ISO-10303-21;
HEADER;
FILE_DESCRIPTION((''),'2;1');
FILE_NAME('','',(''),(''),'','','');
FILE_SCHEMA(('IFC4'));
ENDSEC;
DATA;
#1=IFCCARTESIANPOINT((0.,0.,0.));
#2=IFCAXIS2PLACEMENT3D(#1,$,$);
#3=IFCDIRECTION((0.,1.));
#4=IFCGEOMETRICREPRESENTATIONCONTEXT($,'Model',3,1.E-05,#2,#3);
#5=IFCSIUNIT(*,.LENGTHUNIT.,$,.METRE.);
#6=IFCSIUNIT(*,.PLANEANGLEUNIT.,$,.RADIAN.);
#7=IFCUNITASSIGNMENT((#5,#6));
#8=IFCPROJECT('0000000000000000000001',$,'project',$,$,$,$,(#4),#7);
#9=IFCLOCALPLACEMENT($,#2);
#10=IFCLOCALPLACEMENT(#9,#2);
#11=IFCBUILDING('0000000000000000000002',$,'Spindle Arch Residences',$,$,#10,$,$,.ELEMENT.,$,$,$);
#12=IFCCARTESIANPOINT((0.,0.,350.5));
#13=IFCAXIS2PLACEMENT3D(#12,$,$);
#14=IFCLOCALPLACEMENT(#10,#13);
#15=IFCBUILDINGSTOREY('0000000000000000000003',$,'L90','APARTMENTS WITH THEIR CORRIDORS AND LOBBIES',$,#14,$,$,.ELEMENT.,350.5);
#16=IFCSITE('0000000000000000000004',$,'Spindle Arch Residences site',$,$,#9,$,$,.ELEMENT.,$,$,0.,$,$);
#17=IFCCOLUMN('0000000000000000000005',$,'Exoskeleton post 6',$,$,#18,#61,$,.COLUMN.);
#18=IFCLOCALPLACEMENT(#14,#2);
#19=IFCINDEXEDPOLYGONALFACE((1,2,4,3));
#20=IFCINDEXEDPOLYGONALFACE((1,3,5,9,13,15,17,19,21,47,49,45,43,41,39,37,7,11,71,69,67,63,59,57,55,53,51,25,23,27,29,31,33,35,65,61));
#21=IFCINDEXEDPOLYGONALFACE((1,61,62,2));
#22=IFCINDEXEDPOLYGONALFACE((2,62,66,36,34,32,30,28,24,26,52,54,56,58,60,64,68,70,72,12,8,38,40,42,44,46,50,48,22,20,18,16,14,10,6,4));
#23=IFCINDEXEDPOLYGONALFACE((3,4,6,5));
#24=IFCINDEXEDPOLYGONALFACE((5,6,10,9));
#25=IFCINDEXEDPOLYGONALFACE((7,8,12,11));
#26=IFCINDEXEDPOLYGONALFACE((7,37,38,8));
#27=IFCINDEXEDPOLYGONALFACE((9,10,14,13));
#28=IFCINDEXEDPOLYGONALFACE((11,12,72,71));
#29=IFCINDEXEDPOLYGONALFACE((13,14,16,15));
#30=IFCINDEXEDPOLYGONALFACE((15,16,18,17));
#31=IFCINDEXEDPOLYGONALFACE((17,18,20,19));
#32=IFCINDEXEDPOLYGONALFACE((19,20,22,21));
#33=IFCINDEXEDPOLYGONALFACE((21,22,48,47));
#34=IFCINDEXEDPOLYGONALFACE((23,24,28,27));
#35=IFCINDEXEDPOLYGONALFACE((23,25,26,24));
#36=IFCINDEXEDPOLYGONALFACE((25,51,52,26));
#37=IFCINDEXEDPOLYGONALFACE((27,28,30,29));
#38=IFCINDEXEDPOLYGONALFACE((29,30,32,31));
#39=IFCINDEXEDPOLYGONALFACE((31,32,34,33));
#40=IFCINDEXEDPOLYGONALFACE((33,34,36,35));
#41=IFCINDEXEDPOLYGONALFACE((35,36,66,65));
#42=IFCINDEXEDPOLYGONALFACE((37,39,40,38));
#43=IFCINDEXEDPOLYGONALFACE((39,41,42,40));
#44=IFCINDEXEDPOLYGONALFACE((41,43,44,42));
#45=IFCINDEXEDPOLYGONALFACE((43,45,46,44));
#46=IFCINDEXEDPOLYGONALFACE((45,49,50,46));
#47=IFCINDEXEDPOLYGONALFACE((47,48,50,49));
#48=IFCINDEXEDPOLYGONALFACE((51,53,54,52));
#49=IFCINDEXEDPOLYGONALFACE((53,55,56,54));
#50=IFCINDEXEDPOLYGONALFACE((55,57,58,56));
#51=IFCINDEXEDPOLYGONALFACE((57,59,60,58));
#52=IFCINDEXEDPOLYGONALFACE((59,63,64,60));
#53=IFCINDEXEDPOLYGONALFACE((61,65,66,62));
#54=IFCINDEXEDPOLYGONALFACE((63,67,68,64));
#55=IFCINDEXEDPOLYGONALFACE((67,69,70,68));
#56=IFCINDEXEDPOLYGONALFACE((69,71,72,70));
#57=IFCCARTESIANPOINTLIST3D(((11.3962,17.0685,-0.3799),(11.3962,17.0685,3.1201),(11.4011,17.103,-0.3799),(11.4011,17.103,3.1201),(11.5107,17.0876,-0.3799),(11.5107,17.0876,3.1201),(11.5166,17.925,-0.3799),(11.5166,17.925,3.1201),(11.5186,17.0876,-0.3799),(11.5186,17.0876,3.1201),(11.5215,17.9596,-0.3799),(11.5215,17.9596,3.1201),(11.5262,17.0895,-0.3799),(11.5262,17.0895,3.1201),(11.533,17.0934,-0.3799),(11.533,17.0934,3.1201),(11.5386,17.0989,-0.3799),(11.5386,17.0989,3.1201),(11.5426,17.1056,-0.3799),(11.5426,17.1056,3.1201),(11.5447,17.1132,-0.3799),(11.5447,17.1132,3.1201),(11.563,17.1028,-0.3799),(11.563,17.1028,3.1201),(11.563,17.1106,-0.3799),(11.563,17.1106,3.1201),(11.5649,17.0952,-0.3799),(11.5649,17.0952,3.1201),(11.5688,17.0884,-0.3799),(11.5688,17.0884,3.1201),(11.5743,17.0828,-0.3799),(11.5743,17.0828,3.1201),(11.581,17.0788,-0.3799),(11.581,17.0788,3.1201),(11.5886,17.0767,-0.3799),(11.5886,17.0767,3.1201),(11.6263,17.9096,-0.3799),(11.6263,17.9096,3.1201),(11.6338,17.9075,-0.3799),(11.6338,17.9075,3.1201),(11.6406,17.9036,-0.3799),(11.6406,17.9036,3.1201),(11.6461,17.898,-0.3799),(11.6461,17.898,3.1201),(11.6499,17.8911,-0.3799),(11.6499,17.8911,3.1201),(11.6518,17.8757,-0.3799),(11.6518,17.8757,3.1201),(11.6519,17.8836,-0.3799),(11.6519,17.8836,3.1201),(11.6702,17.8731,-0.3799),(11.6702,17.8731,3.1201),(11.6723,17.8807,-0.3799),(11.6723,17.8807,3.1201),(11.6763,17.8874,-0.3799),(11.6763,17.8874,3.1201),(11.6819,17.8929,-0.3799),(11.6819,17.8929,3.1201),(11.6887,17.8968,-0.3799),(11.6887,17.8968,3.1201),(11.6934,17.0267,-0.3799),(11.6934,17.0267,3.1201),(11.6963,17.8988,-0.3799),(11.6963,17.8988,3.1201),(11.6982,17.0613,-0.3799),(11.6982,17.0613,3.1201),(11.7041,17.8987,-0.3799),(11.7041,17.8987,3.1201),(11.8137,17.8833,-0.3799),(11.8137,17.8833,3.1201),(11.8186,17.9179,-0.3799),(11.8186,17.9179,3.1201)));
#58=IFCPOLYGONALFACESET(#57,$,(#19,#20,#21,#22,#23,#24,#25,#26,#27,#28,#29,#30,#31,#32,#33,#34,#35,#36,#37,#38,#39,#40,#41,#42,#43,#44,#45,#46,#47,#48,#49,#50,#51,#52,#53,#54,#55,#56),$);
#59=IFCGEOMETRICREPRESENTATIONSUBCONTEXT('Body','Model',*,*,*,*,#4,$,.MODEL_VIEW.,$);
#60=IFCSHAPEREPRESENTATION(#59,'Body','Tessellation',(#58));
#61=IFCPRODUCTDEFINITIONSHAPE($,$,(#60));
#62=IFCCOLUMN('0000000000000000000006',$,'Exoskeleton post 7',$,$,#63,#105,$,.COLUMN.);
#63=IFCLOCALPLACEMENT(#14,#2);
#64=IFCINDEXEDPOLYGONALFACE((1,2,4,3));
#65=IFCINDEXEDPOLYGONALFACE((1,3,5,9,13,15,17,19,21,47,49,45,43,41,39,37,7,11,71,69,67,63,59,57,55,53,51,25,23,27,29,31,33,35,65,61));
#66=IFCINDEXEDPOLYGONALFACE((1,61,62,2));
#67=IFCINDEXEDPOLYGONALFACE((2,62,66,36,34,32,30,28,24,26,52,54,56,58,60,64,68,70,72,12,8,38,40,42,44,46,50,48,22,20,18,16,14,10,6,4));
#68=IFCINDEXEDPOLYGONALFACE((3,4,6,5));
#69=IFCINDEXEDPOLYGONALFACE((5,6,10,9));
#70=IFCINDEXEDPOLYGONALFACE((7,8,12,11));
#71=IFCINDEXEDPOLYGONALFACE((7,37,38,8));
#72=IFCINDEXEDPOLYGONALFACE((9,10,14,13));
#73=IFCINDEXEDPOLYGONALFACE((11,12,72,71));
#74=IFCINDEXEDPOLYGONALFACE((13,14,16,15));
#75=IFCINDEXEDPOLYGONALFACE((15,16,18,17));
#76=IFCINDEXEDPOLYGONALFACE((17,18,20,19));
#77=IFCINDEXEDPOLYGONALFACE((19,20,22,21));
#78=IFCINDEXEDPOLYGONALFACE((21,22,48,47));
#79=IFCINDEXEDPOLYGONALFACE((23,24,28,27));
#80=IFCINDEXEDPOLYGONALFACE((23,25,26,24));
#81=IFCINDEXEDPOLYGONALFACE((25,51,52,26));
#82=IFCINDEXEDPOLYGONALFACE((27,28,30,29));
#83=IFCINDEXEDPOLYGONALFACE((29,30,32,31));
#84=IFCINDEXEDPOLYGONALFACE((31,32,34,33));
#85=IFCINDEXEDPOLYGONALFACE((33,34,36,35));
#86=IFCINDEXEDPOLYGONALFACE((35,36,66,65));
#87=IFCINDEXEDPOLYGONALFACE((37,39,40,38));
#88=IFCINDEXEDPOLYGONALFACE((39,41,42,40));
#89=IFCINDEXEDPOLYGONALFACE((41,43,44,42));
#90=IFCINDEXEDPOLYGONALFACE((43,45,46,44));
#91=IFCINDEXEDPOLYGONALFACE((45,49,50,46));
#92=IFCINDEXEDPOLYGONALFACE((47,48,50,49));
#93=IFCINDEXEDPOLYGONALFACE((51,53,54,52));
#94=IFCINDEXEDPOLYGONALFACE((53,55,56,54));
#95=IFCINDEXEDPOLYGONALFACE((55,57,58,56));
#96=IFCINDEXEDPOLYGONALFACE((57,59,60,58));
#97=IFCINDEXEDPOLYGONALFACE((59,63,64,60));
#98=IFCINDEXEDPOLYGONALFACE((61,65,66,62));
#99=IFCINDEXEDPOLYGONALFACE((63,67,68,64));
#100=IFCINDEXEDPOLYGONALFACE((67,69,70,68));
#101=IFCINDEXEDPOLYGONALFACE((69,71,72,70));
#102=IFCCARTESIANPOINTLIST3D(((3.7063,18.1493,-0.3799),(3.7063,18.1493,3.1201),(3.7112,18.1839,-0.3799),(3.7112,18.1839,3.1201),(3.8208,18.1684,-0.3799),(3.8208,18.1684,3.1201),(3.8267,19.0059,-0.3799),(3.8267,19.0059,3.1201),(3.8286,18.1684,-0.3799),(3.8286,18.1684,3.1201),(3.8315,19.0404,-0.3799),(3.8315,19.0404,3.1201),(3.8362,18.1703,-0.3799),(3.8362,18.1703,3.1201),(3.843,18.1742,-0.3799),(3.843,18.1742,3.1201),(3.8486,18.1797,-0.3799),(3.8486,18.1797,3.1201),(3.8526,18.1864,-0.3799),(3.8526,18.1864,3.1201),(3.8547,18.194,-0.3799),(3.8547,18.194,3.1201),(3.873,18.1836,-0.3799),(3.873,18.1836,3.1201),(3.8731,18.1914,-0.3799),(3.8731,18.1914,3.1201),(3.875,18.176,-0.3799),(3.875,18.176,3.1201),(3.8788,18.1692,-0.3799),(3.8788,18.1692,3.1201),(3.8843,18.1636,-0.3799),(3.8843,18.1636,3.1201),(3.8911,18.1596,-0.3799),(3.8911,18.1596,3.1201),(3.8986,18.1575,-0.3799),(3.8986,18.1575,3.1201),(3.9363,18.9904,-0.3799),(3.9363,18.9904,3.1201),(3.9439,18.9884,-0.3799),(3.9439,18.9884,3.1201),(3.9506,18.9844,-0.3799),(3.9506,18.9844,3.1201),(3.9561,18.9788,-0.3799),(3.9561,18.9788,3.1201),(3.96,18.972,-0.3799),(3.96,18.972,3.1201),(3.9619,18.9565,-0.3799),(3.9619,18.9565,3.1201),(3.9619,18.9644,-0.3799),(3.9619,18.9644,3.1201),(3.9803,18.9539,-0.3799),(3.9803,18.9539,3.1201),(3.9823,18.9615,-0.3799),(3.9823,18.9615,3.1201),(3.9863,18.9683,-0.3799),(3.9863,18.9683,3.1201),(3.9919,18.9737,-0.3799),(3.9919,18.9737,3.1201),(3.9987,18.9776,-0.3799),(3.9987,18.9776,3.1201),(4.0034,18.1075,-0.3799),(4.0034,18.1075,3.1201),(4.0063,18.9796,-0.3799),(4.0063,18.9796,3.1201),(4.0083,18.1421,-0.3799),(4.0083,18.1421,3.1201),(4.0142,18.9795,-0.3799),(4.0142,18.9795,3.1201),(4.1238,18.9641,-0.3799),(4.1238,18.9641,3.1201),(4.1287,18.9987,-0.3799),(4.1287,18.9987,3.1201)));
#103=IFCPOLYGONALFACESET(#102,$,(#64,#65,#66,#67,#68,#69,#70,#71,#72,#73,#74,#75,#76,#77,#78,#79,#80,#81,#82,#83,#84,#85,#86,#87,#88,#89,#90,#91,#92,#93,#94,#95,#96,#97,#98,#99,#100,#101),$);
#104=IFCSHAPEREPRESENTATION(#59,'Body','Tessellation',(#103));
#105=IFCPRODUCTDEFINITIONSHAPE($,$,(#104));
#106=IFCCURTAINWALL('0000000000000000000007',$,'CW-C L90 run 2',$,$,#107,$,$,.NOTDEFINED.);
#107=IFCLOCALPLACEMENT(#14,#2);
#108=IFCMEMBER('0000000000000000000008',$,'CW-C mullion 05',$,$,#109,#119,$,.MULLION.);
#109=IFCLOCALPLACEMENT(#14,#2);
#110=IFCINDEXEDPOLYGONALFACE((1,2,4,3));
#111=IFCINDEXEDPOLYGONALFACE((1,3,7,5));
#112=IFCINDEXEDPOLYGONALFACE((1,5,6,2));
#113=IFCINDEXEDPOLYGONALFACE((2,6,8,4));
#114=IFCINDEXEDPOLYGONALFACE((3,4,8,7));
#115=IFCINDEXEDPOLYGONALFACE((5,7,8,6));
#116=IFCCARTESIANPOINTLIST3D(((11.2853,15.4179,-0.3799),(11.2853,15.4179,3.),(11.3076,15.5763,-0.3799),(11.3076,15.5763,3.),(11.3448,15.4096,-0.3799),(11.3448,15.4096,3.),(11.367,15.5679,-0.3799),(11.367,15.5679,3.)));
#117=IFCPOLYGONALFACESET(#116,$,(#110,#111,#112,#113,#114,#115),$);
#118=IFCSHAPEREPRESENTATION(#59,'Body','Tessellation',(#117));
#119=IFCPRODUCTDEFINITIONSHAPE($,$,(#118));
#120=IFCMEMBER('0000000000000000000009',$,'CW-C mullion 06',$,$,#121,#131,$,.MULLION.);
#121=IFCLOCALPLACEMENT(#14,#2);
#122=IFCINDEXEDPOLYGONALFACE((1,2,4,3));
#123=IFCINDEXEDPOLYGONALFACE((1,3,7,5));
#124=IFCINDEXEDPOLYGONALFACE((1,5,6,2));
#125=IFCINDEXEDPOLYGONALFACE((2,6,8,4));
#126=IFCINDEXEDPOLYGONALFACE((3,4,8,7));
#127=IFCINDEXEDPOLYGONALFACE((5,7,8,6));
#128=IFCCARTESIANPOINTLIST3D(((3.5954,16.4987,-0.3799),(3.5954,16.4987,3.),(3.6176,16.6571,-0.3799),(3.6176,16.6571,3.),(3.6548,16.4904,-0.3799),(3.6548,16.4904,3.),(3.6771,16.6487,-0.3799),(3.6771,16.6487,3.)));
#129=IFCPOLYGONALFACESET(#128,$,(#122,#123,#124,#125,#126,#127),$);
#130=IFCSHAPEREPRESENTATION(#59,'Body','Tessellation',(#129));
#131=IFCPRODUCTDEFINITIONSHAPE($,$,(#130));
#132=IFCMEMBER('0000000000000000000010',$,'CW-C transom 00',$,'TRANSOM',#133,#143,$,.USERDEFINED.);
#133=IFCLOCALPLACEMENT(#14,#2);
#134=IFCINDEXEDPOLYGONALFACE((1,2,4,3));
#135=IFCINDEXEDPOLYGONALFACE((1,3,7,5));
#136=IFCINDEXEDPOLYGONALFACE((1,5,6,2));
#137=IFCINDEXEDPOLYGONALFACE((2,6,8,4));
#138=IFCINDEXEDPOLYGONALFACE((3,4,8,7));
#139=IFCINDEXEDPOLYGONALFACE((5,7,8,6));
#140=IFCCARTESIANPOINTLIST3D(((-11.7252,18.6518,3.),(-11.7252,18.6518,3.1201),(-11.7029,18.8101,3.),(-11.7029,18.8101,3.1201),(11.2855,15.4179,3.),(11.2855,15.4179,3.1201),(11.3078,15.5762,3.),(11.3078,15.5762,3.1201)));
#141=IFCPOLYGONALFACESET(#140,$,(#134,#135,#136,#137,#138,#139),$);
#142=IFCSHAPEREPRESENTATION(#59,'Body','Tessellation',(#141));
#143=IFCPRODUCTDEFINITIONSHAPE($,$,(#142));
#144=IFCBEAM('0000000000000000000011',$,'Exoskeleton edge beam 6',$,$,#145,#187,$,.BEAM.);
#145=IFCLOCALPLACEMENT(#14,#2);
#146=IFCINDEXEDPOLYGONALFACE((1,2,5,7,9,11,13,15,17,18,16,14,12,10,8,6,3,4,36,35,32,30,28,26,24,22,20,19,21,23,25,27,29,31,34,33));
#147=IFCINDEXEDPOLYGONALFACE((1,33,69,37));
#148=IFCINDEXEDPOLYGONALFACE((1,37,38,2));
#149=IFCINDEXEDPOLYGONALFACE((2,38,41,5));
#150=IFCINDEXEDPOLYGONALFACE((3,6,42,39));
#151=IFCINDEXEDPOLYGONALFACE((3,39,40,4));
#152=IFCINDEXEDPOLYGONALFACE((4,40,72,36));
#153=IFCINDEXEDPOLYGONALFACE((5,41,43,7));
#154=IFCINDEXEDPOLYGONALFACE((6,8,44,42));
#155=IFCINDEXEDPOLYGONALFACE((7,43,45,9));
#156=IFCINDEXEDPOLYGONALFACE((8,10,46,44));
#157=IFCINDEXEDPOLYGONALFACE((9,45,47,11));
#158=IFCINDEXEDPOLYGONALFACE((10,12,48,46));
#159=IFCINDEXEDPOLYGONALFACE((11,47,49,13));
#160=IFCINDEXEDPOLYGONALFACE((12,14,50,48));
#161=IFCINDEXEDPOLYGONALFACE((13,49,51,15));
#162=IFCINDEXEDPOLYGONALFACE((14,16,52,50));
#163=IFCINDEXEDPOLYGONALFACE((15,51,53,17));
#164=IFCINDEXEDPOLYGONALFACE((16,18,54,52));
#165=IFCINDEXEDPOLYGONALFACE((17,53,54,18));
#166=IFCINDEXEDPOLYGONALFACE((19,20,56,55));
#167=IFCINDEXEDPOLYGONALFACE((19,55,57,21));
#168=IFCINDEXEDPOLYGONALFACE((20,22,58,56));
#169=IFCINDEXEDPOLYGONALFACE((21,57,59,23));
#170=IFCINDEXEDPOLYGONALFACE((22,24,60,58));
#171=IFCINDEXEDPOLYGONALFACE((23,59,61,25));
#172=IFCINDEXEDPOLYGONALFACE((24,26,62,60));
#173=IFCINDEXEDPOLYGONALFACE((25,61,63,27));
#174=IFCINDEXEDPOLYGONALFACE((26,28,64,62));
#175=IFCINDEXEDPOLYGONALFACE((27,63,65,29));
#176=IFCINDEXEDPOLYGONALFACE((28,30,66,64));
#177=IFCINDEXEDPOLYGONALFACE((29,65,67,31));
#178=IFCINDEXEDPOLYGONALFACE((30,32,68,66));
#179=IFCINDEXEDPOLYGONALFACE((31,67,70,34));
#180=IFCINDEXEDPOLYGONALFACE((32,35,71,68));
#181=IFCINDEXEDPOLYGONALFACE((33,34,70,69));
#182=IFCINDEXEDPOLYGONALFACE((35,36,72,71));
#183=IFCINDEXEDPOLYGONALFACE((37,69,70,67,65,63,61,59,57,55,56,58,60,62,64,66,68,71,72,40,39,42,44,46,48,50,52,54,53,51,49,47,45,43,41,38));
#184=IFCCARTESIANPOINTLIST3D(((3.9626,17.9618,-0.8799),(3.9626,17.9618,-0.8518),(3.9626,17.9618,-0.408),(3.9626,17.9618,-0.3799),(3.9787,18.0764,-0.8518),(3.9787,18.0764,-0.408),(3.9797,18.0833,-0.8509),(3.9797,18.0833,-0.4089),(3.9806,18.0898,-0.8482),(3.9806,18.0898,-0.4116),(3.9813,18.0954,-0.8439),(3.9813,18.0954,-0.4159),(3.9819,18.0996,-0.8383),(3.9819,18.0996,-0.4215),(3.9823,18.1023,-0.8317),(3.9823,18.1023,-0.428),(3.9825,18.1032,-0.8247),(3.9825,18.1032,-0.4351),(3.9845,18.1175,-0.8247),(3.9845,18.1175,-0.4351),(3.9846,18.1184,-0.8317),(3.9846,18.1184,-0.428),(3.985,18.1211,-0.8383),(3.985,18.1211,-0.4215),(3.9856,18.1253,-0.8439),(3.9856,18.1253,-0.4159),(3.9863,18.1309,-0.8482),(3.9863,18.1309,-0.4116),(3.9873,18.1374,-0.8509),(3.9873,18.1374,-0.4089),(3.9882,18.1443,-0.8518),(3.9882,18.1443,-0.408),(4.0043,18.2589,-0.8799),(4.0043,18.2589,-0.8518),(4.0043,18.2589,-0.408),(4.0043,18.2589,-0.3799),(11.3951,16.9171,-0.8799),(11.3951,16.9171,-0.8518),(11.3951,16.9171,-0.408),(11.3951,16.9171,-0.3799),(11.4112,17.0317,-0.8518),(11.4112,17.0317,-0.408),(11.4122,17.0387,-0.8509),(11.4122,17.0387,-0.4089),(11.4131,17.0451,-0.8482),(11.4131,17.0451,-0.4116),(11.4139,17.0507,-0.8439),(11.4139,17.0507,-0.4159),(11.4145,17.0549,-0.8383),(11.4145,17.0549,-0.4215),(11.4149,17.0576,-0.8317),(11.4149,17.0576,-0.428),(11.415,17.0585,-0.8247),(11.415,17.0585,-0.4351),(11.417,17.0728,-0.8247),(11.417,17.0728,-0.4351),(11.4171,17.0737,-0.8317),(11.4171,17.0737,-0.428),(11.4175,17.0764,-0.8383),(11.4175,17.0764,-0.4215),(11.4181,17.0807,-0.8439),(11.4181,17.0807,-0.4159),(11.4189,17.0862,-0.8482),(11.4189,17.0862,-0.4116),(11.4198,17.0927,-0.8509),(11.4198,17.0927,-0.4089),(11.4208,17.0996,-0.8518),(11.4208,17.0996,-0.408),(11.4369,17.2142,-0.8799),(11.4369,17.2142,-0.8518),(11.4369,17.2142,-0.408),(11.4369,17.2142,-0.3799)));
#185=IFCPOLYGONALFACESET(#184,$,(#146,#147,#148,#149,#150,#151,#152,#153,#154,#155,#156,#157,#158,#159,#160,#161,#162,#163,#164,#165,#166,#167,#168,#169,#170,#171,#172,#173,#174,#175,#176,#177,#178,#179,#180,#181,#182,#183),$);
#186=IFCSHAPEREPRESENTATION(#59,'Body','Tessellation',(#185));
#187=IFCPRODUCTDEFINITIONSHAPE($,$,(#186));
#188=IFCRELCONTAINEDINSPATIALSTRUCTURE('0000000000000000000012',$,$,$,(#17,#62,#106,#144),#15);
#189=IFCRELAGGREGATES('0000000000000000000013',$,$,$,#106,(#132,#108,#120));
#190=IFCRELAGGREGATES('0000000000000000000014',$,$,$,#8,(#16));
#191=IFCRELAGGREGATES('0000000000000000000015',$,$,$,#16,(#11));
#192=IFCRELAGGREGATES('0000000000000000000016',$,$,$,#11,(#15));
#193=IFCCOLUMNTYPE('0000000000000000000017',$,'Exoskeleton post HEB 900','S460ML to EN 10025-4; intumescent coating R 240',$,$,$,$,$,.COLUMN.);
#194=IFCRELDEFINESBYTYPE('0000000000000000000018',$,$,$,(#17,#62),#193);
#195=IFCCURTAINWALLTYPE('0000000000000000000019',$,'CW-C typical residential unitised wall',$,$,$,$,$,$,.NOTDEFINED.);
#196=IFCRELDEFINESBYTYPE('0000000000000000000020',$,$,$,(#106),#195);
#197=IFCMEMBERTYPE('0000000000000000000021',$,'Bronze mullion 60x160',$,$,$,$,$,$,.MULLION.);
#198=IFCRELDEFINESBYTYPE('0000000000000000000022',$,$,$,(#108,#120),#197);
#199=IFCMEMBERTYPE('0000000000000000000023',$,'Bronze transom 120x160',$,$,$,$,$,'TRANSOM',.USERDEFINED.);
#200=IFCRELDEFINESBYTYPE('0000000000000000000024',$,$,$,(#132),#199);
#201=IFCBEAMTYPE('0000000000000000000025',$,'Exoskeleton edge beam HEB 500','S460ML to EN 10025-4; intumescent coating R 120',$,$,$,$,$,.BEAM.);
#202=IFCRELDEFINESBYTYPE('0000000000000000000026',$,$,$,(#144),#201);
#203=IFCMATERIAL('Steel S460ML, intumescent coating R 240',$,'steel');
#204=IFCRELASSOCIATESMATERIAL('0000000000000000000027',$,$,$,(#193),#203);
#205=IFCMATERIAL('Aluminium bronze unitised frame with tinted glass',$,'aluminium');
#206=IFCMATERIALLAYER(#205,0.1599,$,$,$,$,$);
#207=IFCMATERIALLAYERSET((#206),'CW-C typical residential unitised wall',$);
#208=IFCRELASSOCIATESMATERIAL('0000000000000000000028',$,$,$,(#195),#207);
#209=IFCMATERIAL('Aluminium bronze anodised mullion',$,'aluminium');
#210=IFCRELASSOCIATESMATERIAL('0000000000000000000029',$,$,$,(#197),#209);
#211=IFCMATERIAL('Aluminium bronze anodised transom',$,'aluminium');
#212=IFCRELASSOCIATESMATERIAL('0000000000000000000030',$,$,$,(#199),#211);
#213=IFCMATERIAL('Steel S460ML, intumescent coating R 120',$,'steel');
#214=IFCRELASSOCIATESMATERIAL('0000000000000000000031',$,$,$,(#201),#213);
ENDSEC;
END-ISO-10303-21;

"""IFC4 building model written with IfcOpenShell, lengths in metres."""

from ifc_helpers import new_model, si_unit, direction, frame, origin, origin_2d, place, context, subcontext, project, spatial, rectangle, i_section, extrude, material, layer, layer_set, material_profile, profile_set, type_object, element, aggregate, save


model = new_model("IFC4")

# Units and contexts
model_context = context("Model", 3, precision=1e-05, world=origin(), true_north=direction((0.0, 1.0)))
body_context = subcontext(model_context, "Body", "Model", "MODEL_VIEW")
ifc_project = project(units=[si_unit("LENGTHUNIT", "METRE"), si_unit("PLANEANGLEUNIT", "RADIAN")], contexts=[model_context])

# Site, building, storey
site_placement = place(None, origin())
site = spatial("IfcSite", under=ifc_project, at=site_placement, Name="Spindle Arch Residences site", CompositionType="ELEMENT", RefElevation=0.0)
building_placement = place(site_placement, origin())
building = spatial("IfcBuilding", under=site, at=building_placement, Name="Spindle Arch Residences", CompositionType="ELEMENT")
storey_placement = place(building_placement, frame((0.0, 0.0, 350.5)))
storey = spatial("IfcBuildingStorey", under=building, at=storey_placement, Name="L90", Description="APARTMENTS WITH THEIR CORRIDORS AND LOBBIES", CompositionType="ELEMENT", Elevation=350.5)

# Columns
ifc_material_1 = material(Name="Steel S460ML, intumescent coating R 240", Category="steel")
ifc_material_profile_1 = material_profile(ifc_material_1, i_section(OverallWidth=0.3, OverallDepth=0.8999, WebThickness=0.0186, FlangeThickness=0.0349, FilletRadius=0.03, at=origin_2d()), Name="HEB 900")
ifc_profile_set_1 = profile_set([ifc_material_profile_1], Name="Steel S460ML, intumescent coating R 240")
column_type = type_object("IfcColumnType", Name="Exoskeleton post HEB 900", Description="S460ML to EN 10025-4; intumescent coating R 240", PredefinedType="COLUMN", material=ifc_profile_set_1)
for number, where, z_axis, x_axis, name in (
    (1, (11.6074, 17.4932, -0.3799), (0.0, 0.0, 1.0), (0.990268, -0.139173, 0.0), "Exoskeleton post 6"),
    (2, (3.9175, 18.574, -0.3799), (0.0, 0.0, 1.0), (0.990268, -0.139173, 0.0), "Exoskeleton post 7"),
):
    element("IfcColumn", number, at=place(storey_placement, frame(where, z_axis=z_axis, x_axis=x_axis)), inside=storey, type_object=column_type, Name=name, PredefinedType="COLUMN", context=body_context, shape_type="SweptSolid", body=[
        extrude(i_section(OverallWidth=0.3, OverallDepth=0.8999, WebThickness=0.0186, FlangeThickness=0.0349, FilletRadius=0.03, at=origin_2d()), origin(), (0.0, 0.0, 1.0), 3.5),
    ])

# Curtain wall, members
ifc_material_2 = material(Name="Aluminium bronze unitised frame with tinted glass", Category="aluminium")
ifc_layer_1 = layer(ifc_material_2, 0.1599)
ifc_layer_set_1 = layer_set([ifc_layer_1], Name="CW-C typical residential unitised wall")
curtain_wall_type_1 = type_object("IfcCurtainWallType", Name="CW-C typical residential unitised wall", PredefinedType="NOTDEFINED", material=ifc_layer_set_1)
curtain_wall_1_placement = place(storey_placement, origin())
curtain_wall_1 = element("IfcCurtainWall", 3, at=curtain_wall_1_placement, inside=storey, type_object=curtain_wall_type_1, Name="CW-C L90 run 2", PredefinedType="NOTDEFINED")
ifc_material_3 = material(Name="Aluminium bronze anodised mullion", Category="aluminium")
ifc_material_profile_2 = material_profile(ifc_material_3, rectangle(XDim=0.1599, YDim=0.0601, at=origin_2d()), Name="MU 60x160")
ifc_profile_set_2 = profile_set([ifc_material_profile_2], Name="Aluminium bronze anodised mullion")
member_type_1 = type_object("IfcMemberType", Name="Bronze mullion 60x160", PredefinedType="MULLION", material=ifc_profile_set_2)
member_1_placement = place(storey_placement, frame((11.3262, 15.4929, -0.3799), z_axis=(0.0, 0.0, 1.0), x_axis=(-0.139173, -0.990268, 0.0)))
member_1 = element("IfcMember", 4, at=member_1_placement, type_object=member_type_1, Name="CW-C mullion 05", PredefinedType="MULLION", context=body_context, shape_type="SweptSolid", body=[
    extrude(rectangle(XDim=0.1599, YDim=0.0601, at=origin_2d()), origin(), (0.0, 0.0, 1.0), 3.3799),
])
member_2_placement = place(storey_placement, frame((3.6362, 16.5737, -0.3799), z_axis=(0.0, 0.0, 1.0), x_axis=(-0.139173, -0.990268, 0.0)))
member_2 = element("IfcMember", 5, at=member_2_placement, type_object=member_type_1, Name="CW-C mullion 06", PredefinedType="MULLION", context=body_context, shape_type="SweptSolid", body=[
    extrude(rectangle(XDim=0.1599, YDim=0.0601, at=origin_2d()), origin(), (0.0, 0.0, 1.0), 3.3799),
])
ifc_material_4 = material(Name="Aluminium bronze anodised transom", Category="aluminium")
ifc_material_profile_3 = material_profile(ifc_material_4, rectangle(XDim=0.1599, YDim=0.1201, at=origin_2d()), Name="TR 120x160")
ifc_profile_set_3 = profile_set([ifc_material_profile_3], Name="Aluminium bronze anodised transom")
member_type_2 = type_object("IfcMemberType", Name="Bronze transom 120x160", ElementType="TRANSOM", PredefinedType="USERDEFINED", material=ifc_profile_set_3)
member_3_placement = place(storey_placement, frame((11.2966, 15.4971, 3.0601), z_axis=(-0.990268, 0.13917, 0.0), x_axis=(-0.13917, -0.990268, 0.0)))
member_3 = element("IfcMember", 6, at=member_3_placement, type_object=member_type_2, Name="CW-C transom 00", ObjectType="TRANSOM", PredefinedType="USERDEFINED", context=body_context, shape_type="SweptSolid", body=[
    extrude(rectangle(XDim=0.1599, YDim=0.1201, at=origin_2d()), origin(), (0.0, 0.0, 1.0), 23.2368),
])

# Beam
ifc_material_5 = material(Name="Steel S460ML, intumescent coating R 120", Category="steel")
ifc_material_profile_4 = material_profile(ifc_material_5, i_section(OverallWidth=0.3, OverallDepth=0.5, WebThickness=0.0144, FlangeThickness=0.0281, FilletRadius=0.0271, at=origin_2d()), Name="HEB 500")
ifc_profile_set_4 = profile_set([ifc_material_profile_4], Name="Steel S460ML, intumescent coating R 120")
beam_type_1 = type_object("IfcBeamType", Name="Exoskeleton edge beam HEB 500", Description="S460ML to EN 10025-4; intumescent coating R 120", PredefinedType="BEAM", material=ifc_profile_set_4)
for number, where, z_axis, x_axis, name in (
    (7, (11.416, 17.0657, -0.6299), (-0.990266, 0.139185, 0.0), (-0.139185, -0.990266, 0.0), "Exoskeleton edge beam 6"),
):
    element("IfcBeam", number, at=place(storey_placement, frame(where, z_axis=z_axis, x_axis=x_axis)), inside=storey, type_object=beam_type_1, Name=name, PredefinedType="BEAM", context=body_context, shape_type="SweptSolid", body=[
        extrude(i_section(OverallWidth=0.3, OverallDepth=0.5, WebThickness=0.0144, FlangeThickness=0.0281, FilletRadius=0.0271, at=origin_2d()), origin(), (0.0, 0.0, 1.0), 7.5056),
    ])

aggregate(curtain_wall_1, [member_3, member_1, member_2])

save(model, "model.ifc")
